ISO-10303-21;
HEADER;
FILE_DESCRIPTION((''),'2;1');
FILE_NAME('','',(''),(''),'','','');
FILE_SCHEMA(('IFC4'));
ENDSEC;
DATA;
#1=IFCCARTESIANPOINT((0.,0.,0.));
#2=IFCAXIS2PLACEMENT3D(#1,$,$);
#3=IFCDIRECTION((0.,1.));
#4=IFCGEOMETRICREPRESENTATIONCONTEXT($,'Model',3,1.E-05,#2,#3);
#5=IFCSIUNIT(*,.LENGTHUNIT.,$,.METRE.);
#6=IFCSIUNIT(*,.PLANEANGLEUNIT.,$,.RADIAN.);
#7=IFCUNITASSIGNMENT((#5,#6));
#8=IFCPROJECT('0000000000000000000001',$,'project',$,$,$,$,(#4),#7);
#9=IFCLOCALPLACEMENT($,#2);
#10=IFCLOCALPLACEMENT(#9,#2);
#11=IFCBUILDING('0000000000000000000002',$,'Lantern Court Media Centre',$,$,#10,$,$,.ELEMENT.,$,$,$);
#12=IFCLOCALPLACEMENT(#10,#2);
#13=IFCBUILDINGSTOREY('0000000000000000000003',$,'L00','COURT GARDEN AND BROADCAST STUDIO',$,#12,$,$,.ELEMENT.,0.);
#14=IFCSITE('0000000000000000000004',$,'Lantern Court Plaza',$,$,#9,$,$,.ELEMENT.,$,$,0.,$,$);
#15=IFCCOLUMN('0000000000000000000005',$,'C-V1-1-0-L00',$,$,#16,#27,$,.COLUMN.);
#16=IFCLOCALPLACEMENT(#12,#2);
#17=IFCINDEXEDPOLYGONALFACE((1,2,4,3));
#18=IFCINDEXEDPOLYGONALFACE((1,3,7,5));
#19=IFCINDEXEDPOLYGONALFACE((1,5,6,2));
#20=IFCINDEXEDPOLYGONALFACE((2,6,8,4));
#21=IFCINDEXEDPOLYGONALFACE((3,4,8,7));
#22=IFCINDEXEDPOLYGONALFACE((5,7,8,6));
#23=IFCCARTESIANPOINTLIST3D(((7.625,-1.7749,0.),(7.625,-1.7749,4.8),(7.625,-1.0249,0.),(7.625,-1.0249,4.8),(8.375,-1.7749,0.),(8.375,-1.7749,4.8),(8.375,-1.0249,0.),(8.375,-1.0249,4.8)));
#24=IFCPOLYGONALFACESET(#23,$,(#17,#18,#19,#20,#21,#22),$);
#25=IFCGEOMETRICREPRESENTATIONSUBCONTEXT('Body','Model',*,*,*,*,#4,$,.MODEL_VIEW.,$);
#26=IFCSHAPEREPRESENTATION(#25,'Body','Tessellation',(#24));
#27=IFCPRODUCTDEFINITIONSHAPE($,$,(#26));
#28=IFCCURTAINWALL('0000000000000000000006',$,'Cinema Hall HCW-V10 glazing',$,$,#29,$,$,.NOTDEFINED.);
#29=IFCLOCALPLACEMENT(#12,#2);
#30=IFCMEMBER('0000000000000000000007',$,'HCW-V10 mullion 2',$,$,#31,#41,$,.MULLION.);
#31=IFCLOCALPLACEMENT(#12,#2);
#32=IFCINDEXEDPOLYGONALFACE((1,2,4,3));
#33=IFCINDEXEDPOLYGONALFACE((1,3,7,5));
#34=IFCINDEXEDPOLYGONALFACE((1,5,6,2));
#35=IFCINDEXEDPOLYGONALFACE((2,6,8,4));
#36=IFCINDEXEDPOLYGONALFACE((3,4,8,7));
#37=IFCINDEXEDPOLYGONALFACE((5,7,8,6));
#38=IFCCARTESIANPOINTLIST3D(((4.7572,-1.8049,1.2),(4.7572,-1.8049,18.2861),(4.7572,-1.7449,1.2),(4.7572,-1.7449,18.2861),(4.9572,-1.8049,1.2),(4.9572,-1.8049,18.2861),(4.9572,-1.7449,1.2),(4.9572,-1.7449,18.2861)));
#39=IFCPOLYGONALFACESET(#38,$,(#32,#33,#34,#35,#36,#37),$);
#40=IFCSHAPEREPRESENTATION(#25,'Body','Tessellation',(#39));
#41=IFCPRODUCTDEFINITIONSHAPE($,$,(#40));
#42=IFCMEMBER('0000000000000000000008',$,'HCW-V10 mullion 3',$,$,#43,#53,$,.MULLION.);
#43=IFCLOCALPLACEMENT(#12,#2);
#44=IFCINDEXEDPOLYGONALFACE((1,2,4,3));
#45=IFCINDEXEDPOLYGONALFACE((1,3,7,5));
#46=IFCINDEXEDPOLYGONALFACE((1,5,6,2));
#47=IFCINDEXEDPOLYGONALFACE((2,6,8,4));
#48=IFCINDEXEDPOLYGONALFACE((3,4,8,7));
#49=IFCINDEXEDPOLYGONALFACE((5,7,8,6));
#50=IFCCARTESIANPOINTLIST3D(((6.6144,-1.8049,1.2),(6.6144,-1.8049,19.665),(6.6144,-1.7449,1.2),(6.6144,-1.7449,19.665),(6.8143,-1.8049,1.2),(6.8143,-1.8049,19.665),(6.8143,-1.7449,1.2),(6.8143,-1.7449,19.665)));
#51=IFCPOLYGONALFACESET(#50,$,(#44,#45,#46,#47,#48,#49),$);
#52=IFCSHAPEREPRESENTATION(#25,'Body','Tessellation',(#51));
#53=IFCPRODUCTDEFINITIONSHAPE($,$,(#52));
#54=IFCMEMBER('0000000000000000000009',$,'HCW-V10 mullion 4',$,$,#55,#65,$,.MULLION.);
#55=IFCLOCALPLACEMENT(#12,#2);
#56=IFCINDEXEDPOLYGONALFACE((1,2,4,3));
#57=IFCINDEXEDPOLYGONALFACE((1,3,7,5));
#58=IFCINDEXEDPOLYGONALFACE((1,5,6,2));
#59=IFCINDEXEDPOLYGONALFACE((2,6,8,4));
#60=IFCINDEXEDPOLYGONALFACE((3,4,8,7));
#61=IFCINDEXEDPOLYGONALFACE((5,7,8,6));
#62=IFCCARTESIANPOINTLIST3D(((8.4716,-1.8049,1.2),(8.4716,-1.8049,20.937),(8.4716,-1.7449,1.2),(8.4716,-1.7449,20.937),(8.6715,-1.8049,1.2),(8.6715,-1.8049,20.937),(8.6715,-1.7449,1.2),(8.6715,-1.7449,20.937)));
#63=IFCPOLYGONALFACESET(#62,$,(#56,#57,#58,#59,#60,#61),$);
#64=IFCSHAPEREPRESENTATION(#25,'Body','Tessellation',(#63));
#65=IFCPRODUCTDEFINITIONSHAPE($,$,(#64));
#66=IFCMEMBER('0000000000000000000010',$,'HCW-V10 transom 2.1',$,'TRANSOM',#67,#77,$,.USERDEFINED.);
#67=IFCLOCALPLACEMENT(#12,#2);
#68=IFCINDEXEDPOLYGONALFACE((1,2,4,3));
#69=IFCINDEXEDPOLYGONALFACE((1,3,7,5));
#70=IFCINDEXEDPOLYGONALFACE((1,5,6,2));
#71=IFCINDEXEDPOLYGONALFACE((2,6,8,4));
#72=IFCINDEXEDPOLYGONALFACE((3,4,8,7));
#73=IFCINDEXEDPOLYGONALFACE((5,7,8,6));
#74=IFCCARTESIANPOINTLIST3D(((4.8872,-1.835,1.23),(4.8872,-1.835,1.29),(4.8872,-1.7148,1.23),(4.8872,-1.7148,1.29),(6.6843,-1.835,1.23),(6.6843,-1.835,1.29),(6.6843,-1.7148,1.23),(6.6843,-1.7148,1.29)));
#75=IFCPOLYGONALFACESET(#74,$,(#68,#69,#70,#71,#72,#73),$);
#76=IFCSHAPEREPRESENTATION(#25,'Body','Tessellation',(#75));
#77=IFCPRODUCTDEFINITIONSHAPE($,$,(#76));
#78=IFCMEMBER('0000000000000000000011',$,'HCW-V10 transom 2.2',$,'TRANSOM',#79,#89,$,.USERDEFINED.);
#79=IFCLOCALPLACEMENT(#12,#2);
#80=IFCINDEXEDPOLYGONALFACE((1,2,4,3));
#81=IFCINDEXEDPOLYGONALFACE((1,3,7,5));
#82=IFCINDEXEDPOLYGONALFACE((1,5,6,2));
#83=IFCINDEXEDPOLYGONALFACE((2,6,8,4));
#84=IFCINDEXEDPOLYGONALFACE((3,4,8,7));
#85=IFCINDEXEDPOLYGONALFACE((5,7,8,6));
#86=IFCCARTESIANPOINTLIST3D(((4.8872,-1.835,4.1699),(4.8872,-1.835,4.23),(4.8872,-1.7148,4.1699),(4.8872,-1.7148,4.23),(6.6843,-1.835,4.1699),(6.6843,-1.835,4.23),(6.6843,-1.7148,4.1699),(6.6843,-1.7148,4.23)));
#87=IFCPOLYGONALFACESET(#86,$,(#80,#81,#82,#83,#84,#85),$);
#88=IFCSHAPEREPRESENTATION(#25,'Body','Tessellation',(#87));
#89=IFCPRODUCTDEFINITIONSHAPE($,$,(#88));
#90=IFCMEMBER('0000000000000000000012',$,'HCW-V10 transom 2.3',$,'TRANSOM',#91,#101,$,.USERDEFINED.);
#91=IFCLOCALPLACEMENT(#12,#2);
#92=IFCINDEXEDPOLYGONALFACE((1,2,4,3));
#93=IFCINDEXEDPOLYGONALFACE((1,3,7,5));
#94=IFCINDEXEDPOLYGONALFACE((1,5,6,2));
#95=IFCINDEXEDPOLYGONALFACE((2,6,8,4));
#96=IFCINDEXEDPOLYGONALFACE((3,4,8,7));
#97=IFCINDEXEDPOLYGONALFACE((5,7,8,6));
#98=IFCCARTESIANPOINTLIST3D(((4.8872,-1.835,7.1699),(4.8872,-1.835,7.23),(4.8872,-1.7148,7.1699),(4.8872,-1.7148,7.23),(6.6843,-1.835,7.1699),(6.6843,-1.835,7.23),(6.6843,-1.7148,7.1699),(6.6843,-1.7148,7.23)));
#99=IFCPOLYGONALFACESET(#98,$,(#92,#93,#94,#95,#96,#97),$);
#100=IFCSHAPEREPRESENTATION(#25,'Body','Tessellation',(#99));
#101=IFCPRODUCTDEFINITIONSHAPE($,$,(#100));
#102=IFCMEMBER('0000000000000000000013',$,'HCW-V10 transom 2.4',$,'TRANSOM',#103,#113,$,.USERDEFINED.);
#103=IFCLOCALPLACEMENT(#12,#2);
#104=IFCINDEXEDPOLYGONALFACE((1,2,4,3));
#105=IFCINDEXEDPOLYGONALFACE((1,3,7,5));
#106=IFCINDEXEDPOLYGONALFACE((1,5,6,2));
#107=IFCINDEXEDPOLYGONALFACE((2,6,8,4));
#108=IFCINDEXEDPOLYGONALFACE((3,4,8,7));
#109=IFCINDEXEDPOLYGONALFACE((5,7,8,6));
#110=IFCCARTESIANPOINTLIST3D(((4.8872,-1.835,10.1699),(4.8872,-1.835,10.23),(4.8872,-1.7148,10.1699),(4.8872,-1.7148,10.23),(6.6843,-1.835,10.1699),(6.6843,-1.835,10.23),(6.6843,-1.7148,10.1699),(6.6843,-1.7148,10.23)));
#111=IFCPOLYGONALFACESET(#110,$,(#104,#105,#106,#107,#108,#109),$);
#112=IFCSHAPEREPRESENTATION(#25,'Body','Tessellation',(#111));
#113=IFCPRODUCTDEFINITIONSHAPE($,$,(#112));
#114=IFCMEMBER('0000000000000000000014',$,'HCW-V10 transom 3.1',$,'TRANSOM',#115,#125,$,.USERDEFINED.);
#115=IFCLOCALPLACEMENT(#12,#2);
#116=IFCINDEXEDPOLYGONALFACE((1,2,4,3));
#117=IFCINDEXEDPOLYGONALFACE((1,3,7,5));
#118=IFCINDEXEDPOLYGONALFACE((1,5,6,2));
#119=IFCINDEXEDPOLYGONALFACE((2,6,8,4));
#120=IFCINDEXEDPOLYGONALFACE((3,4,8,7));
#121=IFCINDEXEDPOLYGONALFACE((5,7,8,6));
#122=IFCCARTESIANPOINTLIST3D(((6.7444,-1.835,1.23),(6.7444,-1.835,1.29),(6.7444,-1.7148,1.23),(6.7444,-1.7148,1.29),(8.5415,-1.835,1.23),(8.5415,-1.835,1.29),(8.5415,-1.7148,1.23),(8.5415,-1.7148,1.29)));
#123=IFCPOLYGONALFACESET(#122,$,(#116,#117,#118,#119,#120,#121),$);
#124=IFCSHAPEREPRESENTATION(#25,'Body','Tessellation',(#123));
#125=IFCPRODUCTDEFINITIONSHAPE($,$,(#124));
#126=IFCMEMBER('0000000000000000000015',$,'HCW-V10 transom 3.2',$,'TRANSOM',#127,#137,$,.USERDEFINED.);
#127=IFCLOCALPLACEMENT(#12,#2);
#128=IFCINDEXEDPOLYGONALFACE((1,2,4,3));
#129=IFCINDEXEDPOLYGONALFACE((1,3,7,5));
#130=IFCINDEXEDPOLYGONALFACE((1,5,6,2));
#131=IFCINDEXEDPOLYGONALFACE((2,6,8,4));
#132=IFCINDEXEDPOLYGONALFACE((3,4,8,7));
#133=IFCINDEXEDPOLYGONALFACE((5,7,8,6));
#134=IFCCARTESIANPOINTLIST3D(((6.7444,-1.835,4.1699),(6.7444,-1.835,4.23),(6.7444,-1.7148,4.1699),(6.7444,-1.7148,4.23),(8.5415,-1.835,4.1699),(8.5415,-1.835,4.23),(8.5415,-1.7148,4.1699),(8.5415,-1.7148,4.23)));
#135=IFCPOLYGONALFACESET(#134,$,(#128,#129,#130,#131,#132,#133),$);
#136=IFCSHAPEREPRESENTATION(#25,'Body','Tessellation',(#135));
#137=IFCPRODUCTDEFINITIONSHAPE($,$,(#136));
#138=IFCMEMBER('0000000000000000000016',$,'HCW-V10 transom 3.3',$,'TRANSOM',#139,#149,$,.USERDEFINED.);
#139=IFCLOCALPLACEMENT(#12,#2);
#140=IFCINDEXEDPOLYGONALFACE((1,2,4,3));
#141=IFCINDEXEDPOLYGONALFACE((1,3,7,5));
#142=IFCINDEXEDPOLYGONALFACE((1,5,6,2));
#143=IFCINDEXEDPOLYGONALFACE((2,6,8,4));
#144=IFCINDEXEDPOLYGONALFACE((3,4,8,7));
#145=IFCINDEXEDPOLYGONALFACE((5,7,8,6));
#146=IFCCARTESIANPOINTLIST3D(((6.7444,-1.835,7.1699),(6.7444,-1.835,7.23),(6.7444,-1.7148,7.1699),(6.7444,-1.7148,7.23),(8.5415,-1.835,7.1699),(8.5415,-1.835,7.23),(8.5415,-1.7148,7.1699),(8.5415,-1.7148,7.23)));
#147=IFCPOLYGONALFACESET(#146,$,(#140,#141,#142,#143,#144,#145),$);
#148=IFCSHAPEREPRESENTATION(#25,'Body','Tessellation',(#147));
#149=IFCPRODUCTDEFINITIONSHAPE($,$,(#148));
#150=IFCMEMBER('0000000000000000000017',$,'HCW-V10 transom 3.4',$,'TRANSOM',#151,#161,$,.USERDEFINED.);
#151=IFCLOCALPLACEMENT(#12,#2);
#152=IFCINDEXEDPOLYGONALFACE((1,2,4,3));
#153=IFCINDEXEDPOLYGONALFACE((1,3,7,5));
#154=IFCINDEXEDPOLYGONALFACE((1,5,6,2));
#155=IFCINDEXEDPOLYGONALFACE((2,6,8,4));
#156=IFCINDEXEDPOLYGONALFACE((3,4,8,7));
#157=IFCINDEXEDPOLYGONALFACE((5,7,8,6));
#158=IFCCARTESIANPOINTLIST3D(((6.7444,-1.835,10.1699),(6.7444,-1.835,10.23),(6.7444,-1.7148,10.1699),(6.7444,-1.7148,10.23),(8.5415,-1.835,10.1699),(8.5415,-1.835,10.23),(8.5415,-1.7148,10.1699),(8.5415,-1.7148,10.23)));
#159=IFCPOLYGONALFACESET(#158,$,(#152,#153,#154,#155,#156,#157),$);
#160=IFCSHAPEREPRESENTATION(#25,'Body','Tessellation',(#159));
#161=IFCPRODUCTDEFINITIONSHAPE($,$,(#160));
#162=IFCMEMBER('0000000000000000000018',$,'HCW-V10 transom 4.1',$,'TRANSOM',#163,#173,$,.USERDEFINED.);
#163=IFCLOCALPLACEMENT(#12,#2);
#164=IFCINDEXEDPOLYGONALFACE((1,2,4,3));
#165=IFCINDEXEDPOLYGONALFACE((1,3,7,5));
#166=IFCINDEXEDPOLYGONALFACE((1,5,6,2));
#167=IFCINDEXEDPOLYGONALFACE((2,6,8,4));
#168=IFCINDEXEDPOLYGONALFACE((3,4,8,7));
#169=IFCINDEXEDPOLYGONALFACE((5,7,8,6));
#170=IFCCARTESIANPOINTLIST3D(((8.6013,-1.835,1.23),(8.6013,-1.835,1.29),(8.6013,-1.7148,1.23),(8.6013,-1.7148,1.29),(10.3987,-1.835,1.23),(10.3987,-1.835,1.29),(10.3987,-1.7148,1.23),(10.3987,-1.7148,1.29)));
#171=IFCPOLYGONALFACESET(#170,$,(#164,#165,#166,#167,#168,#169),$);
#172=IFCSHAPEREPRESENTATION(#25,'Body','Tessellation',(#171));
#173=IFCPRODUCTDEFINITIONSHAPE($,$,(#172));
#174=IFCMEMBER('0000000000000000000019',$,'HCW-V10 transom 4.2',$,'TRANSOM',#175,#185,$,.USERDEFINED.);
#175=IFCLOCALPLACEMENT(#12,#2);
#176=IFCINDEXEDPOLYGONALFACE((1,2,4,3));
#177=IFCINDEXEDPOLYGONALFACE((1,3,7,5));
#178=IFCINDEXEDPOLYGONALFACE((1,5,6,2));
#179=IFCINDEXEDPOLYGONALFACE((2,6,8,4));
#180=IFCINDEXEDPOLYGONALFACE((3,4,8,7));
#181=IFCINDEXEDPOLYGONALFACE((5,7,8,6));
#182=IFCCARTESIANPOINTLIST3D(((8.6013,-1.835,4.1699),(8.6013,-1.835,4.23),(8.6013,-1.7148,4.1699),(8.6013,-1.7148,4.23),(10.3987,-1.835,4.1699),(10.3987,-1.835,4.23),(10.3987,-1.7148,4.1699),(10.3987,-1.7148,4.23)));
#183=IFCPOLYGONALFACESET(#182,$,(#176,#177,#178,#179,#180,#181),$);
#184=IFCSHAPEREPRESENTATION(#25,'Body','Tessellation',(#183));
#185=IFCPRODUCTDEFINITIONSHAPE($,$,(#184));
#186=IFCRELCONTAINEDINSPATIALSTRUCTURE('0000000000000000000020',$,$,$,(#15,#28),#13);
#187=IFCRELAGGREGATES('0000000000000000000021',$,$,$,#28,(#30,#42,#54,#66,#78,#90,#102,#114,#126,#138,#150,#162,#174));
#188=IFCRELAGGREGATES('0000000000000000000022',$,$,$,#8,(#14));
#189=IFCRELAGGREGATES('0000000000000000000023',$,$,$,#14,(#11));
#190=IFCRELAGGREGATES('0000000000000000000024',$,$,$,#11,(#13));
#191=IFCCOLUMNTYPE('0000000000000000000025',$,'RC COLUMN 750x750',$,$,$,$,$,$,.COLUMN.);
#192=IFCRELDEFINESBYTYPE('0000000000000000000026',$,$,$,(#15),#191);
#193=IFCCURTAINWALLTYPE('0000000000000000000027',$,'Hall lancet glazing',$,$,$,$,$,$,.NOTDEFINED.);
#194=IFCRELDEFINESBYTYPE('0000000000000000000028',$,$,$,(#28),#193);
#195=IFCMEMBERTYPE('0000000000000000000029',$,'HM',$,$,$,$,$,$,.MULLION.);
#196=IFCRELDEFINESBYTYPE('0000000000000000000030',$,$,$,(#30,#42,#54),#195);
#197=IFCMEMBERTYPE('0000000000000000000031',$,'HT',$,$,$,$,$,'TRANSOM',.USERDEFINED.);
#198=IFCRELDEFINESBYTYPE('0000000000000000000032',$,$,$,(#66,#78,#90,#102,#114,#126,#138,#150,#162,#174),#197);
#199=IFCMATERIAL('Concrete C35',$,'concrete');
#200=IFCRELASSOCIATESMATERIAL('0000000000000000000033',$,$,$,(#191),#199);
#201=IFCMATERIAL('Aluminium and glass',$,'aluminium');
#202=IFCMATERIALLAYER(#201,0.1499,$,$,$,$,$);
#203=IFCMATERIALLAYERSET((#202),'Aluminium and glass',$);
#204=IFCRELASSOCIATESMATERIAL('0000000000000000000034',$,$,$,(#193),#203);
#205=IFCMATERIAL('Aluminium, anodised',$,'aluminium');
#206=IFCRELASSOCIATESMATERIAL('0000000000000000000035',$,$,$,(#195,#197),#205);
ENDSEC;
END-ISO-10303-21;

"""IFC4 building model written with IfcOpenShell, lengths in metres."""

from ifc_helpers import new_model, si_unit, direction, frame, origin, origin_2d, place, context, subcontext, project, spatial, rectangle, extrude, material, layer, layer_set, material_profile, profile_set, type_object, element, aggregate, save


model = new_model("IFC4")

# Units and contexts
model_context = context("Model", 3, precision=1e-05, world=origin(), true_north=direction((0.0, 1.0)))
body_context = subcontext(model_context, "Body", "Model", "MODEL_VIEW")
ifc_project = project(units=[si_unit("LENGTHUNIT", "METRE"), si_unit("PLANEANGLEUNIT", "RADIAN")], contexts=[model_context])

# Site, building, storey
site_placement = place(None, origin())
site = spatial("IfcSite", under=ifc_project, at=site_placement, Name="Lantern Court Plaza", CompositionType="ELEMENT", RefElevation=0.0)
building_placement = place(site_placement, origin())
building = spatial("IfcBuilding", under=site, at=building_placement, Name="Lantern Court Media Centre", CompositionType="ELEMENT")
storey_placement = place(building_placement, origin())
storey = spatial("IfcBuildingStorey", under=building, at=storey_placement, Name="L00", Description="COURT GARDEN AND BROADCAST STUDIO", CompositionType="ELEMENT", Elevation=0.0)

# Column
ifc_material_1 = material(Name="Concrete C35", Category="concrete")
ifc_material_profile_1 = material_profile(ifc_material_1, rectangle(XDim=0.75, YDim=0.75, at=origin_2d()), Name="RC 750x750")
ifc_profile_set_1 = profile_set([ifc_material_profile_1], Name="Concrete C35")
column_type = type_object("IfcColumnType", Name="RC COLUMN 750x750", PredefinedType="COLUMN", material=ifc_profile_set_1)
column_placement = place(storey_placement, frame((8.0, -1.3999, 0.0), z_axis=(0.0, 0.0, 1.0), x_axis=(1.0, 0.0, 0.0)))
element("IfcColumn", 1, at=column_placement, inside=storey, type_object=column_type, Name="C-V1-1-0-L00", PredefinedType="COLUMN", context=body_context, shape_type="SweptSolid", body=[
    extrude(rectangle(XDim=0.75, YDim=0.75, at=origin_2d()), origin(), (0.0, 0.0, 1.0), 4.8),
])

# Curtain wall, members
ifc_material_2 = material(Name="Aluminium and glass", Category="aluminium")
ifc_layer_1 = layer(ifc_material_2, 0.1499)
ifc_layer_set_1 = layer_set([ifc_layer_1], Name="Aluminium and glass")
curtain_wall_type = type_object("IfcCurtainWallType", Name="Hall lancet glazing", PredefinedType="NOTDEFINED", material=ifc_layer_set_1)
curtain_wall_placement = place(storey_placement, origin())
curtain_wall = element("IfcCurtainWall", 2, at=curtain_wall_placement, inside=storey, type_object=curtain_wall_type, Name="Cinema Hall HCW-V10 glazing", PredefinedType="NOTDEFINED")
ifc_material_3 = material(Name="Aluminium, anodised", Category="aluminium")
ifc_material_profile_2 = material_profile(ifc_material_3, rectangle(XDim=0.0601, YDim=0.2, at=origin_2d()), Name="HM")
ifc_profile_set_2 = profile_set([ifc_material_profile_2], Name="Aluminium, anodised")
member_type_1 = type_object("IfcMemberType", Name="HM", PredefinedType="MULLION", material=ifc_profile_set_2)
member_1_placement = place(storey_placement, frame((4.8572, -1.7749, 1.2), z_axis=(0.0, 0.0, 1.0), x_axis=(0.0, 1.0, 0.0)))
member_1 = element("IfcMember", 3, at=member_1_placement, type_object=member_type_1, Name="HCW-V10 mullion 2", PredefinedType="MULLION", context=body_context, shape_type="SweptSolid", body=[
    extrude(rectangle(XDim=0.0601, YDim=0.2, at=origin_2d()), origin(), (0.0, 0.0, 1.0), 17.0862),
])
member_2_placement = place(storey_placement, frame((6.7144, -1.7749, 1.2), z_axis=(0.0, 0.0, 1.0), x_axis=(0.0, 1.0, 0.0)))
member_2 = element("IfcMember", 4, at=member_2_placement, type_object=member_type_1, Name="HCW-V10 mullion 3", PredefinedType="MULLION", context=body_context, shape_type="SweptSolid", body=[
    extrude(rectangle(XDim=0.0601, YDim=0.2, at=origin_2d()), origin(), (0.0, 0.0, 1.0), 18.4651),
])
member_3_placement = place(storey_placement, frame((8.5715, -1.7749, 1.2), z_axis=(0.0, 0.0, 1.0), x_axis=(0.0, 1.0, 0.0)))
member_3 = element("IfcMember", 5, at=member_3_placement, type_object=member_type_1, Name="HCW-V10 mullion 4", PredefinedType="MULLION", context=body_context, shape_type="SweptSolid", body=[
    extrude(rectangle(XDim=0.0601, YDim=0.2, at=origin_2d()), origin(), (0.0, 0.0, 1.0), 19.7371),
])
ifc_material_profile_3 = material_profile(ifc_material_3, rectangle(XDim=0.1201, YDim=0.0601, at=origin_2d()), Name="HT")
ifc_profile_set_3 = profile_set([ifc_material_profile_3], Name="Aluminium, anodised")
member_type_2 = type_object("IfcMemberType", Name="HT", ElementType="TRANSOM", PredefinedType="USERDEFINED", material=ifc_profile_set_3)
member_4_placement = place(storey_placement, frame((4.8872, -1.7749, 1.26), z_axis=(1.0, 0.0, 0.0), x_axis=(0.0, 1.0, 0.0)))
member_4 = element("IfcMember", 6, at=member_4_placement, type_object=member_type_2, Name="HCW-V10 transom 2.1", ObjectType="TRANSOM", PredefinedType="USERDEFINED", context=body_context, shape_type="SweptSolid", body=[
    extrude(rectangle(XDim=0.1201, YDim=0.0601, at=origin_2d()), origin(), (0.0, 0.0, 1.0), 1.7971),
])
member_5_placement = place(storey_placement, frame((4.8872, -1.7749, 4.2), z_axis=(1.0, 0.0, 0.0), x_axis=(0.0, 1.0, 0.0)))
member_5 = element("IfcMember", 7, at=member_5_placement, type_object=member_type_2, Name="HCW-V10 transom 2.2", ObjectType="TRANSOM", PredefinedType="USERDEFINED", context=body_context, shape_type="SweptSolid", body=[
    extrude(rectangle(XDim=0.1201, YDim=0.0601, at=origin_2d()), origin(), (0.0, 0.0, 1.0), 1.7971),
])
member_6_placement = place(storey_placement, frame((4.8872, -1.7749, 7.2), z_axis=(1.0, 0.0, 0.0), x_axis=(0.0, 1.0, 0.0)))
member_6 = element("IfcMember", 8, at=member_6_placement, type_object=member_type_2, Name="HCW-V10 transom 2.3", ObjectType="TRANSOM", PredefinedType="USERDEFINED", context=body_context, shape_type="SweptSolid", body=[
    extrude(rectangle(XDim=0.1201, YDim=0.0601, at=origin_2d()), origin(), (0.0, 0.0, 1.0), 1.7971),
])
member_7_placement = place(storey_placement, frame((4.8872, -1.7749, 10.2), z_axis=(1.0, 0.0, 0.0), x_axis=(0.0, 1.0, 0.0)))
member_7 = element("IfcMember", 9, at=member_7_placement, type_object=member_type_2, Name="HCW-V10 transom 2.4", ObjectType="TRANSOM", PredefinedType="USERDEFINED", context=body_context, shape_type="SweptSolid", body=[
    extrude(rectangle(XDim=0.1201, YDim=0.0601, at=origin_2d()), origin(), (0.0, 0.0, 1.0), 1.7971),
])
member_8_placement = place(storey_placement, frame((6.7444, -1.7749, 1.26), z_axis=(1.0, 0.0, 0.0), x_axis=(0.0, 1.0, 0.0)))
member_8 = element("IfcMember", 10, at=member_8_placement, type_object=member_type_2, Name="HCW-V10 transom 3.1", ObjectType="TRANSOM", PredefinedType="USERDEFINED", context=body_context, shape_type="SweptSolid", body=[
    extrude(rectangle(XDim=0.1201, YDim=0.0601, at=origin_2d()), origin(), (0.0, 0.0, 1.0), 1.7971),
])
member_9_placement = place(storey_placement, frame((6.7444, -1.7749, 4.2), z_axis=(1.0, 0.0, 0.0), x_axis=(0.0, 1.0, 0.0)))
member_9 = element("IfcMember", 11, at=member_9_placement, type_object=member_type_2, Name="HCW-V10 transom 3.2", ObjectType="TRANSOM", PredefinedType="USERDEFINED", context=body_context, shape_type="SweptSolid", body=[
    extrude(rectangle(XDim=0.1201, YDim=0.0601, at=origin_2d()), origin(), (0.0, 0.0, 1.0), 1.7971),
])
member_10_placement = place(storey_placement, frame((6.7444, -1.7749, 7.2), z_axis=(1.0, 0.0, 0.0), x_axis=(0.0, 1.0, 0.0)))
member_10 = element("IfcMember", 12, at=member_10_placement, type_object=member_type_2, Name="HCW-V10 transom 3.3", ObjectType="TRANSOM", PredefinedType="USERDEFINED", context=body_context, shape_type="SweptSolid", body=[
    extrude(rectangle(XDim=0.1201, YDim=0.0601, at=origin_2d()), origin(), (0.0, 0.0, 1.0), 1.7971),
])
member_11_placement = place(storey_placement, frame((6.7444, -1.7749, 10.2), z_axis=(1.0, 0.0, 0.0), x_axis=(0.0, 1.0, 0.0)))
member_11 = element("IfcMember", 13, at=member_11_placement, type_object=member_type_2, Name="HCW-V10 transom 3.4", ObjectType="TRANSOM", PredefinedType="USERDEFINED", context=body_context, shape_type="SweptSolid", body=[
    extrude(rectangle(XDim=0.1201, YDim=0.0601, at=origin_2d()), origin(), (0.0, 0.0, 1.0), 1.7971),
])
member_12_placement = place(storey_placement, frame((8.6013, -1.7749, 1.26), z_axis=(1.0, 0.0, 0.0), x_axis=(0.0, 1.0, 0.0)))
member_12 = element("IfcMember", 14, at=member_12_placement, type_object=member_type_2, Name="HCW-V10 transom 4.1", ObjectType="TRANSOM", PredefinedType="USERDEFINED", context=body_context, shape_type="SweptSolid", body=[
    extrude(rectangle(XDim=0.1201, YDim=0.0601, at=origin_2d()), origin(), (0.0, 0.0, 1.0), 1.7974),
])
member_13_placement = place(storey_placement, frame((8.6013, -1.7749, 4.2), z_axis=(1.0, 0.0, 0.0), x_axis=(0.0, 1.0, 0.0)))
member_13 = element("IfcMember", 15, at=member_13_placement, type_object=member_type_2, Name="HCW-V10 transom 4.2", ObjectType="TRANSOM", PredefinedType="USERDEFINED", context=body_context, shape_type="SweptSolid", body=[
    extrude(rectangle(XDim=0.1201, YDim=0.0601, at=origin_2d()), origin(), (0.0, 0.0, 1.0), 1.7974),
])

aggregate(curtain_wall, [member_1, member_2, member_3, member_4, member_5, member_6, member_7, member_8, member_9, member_10, member_11, member_12, member_13])

save(model, "model.ifc")
